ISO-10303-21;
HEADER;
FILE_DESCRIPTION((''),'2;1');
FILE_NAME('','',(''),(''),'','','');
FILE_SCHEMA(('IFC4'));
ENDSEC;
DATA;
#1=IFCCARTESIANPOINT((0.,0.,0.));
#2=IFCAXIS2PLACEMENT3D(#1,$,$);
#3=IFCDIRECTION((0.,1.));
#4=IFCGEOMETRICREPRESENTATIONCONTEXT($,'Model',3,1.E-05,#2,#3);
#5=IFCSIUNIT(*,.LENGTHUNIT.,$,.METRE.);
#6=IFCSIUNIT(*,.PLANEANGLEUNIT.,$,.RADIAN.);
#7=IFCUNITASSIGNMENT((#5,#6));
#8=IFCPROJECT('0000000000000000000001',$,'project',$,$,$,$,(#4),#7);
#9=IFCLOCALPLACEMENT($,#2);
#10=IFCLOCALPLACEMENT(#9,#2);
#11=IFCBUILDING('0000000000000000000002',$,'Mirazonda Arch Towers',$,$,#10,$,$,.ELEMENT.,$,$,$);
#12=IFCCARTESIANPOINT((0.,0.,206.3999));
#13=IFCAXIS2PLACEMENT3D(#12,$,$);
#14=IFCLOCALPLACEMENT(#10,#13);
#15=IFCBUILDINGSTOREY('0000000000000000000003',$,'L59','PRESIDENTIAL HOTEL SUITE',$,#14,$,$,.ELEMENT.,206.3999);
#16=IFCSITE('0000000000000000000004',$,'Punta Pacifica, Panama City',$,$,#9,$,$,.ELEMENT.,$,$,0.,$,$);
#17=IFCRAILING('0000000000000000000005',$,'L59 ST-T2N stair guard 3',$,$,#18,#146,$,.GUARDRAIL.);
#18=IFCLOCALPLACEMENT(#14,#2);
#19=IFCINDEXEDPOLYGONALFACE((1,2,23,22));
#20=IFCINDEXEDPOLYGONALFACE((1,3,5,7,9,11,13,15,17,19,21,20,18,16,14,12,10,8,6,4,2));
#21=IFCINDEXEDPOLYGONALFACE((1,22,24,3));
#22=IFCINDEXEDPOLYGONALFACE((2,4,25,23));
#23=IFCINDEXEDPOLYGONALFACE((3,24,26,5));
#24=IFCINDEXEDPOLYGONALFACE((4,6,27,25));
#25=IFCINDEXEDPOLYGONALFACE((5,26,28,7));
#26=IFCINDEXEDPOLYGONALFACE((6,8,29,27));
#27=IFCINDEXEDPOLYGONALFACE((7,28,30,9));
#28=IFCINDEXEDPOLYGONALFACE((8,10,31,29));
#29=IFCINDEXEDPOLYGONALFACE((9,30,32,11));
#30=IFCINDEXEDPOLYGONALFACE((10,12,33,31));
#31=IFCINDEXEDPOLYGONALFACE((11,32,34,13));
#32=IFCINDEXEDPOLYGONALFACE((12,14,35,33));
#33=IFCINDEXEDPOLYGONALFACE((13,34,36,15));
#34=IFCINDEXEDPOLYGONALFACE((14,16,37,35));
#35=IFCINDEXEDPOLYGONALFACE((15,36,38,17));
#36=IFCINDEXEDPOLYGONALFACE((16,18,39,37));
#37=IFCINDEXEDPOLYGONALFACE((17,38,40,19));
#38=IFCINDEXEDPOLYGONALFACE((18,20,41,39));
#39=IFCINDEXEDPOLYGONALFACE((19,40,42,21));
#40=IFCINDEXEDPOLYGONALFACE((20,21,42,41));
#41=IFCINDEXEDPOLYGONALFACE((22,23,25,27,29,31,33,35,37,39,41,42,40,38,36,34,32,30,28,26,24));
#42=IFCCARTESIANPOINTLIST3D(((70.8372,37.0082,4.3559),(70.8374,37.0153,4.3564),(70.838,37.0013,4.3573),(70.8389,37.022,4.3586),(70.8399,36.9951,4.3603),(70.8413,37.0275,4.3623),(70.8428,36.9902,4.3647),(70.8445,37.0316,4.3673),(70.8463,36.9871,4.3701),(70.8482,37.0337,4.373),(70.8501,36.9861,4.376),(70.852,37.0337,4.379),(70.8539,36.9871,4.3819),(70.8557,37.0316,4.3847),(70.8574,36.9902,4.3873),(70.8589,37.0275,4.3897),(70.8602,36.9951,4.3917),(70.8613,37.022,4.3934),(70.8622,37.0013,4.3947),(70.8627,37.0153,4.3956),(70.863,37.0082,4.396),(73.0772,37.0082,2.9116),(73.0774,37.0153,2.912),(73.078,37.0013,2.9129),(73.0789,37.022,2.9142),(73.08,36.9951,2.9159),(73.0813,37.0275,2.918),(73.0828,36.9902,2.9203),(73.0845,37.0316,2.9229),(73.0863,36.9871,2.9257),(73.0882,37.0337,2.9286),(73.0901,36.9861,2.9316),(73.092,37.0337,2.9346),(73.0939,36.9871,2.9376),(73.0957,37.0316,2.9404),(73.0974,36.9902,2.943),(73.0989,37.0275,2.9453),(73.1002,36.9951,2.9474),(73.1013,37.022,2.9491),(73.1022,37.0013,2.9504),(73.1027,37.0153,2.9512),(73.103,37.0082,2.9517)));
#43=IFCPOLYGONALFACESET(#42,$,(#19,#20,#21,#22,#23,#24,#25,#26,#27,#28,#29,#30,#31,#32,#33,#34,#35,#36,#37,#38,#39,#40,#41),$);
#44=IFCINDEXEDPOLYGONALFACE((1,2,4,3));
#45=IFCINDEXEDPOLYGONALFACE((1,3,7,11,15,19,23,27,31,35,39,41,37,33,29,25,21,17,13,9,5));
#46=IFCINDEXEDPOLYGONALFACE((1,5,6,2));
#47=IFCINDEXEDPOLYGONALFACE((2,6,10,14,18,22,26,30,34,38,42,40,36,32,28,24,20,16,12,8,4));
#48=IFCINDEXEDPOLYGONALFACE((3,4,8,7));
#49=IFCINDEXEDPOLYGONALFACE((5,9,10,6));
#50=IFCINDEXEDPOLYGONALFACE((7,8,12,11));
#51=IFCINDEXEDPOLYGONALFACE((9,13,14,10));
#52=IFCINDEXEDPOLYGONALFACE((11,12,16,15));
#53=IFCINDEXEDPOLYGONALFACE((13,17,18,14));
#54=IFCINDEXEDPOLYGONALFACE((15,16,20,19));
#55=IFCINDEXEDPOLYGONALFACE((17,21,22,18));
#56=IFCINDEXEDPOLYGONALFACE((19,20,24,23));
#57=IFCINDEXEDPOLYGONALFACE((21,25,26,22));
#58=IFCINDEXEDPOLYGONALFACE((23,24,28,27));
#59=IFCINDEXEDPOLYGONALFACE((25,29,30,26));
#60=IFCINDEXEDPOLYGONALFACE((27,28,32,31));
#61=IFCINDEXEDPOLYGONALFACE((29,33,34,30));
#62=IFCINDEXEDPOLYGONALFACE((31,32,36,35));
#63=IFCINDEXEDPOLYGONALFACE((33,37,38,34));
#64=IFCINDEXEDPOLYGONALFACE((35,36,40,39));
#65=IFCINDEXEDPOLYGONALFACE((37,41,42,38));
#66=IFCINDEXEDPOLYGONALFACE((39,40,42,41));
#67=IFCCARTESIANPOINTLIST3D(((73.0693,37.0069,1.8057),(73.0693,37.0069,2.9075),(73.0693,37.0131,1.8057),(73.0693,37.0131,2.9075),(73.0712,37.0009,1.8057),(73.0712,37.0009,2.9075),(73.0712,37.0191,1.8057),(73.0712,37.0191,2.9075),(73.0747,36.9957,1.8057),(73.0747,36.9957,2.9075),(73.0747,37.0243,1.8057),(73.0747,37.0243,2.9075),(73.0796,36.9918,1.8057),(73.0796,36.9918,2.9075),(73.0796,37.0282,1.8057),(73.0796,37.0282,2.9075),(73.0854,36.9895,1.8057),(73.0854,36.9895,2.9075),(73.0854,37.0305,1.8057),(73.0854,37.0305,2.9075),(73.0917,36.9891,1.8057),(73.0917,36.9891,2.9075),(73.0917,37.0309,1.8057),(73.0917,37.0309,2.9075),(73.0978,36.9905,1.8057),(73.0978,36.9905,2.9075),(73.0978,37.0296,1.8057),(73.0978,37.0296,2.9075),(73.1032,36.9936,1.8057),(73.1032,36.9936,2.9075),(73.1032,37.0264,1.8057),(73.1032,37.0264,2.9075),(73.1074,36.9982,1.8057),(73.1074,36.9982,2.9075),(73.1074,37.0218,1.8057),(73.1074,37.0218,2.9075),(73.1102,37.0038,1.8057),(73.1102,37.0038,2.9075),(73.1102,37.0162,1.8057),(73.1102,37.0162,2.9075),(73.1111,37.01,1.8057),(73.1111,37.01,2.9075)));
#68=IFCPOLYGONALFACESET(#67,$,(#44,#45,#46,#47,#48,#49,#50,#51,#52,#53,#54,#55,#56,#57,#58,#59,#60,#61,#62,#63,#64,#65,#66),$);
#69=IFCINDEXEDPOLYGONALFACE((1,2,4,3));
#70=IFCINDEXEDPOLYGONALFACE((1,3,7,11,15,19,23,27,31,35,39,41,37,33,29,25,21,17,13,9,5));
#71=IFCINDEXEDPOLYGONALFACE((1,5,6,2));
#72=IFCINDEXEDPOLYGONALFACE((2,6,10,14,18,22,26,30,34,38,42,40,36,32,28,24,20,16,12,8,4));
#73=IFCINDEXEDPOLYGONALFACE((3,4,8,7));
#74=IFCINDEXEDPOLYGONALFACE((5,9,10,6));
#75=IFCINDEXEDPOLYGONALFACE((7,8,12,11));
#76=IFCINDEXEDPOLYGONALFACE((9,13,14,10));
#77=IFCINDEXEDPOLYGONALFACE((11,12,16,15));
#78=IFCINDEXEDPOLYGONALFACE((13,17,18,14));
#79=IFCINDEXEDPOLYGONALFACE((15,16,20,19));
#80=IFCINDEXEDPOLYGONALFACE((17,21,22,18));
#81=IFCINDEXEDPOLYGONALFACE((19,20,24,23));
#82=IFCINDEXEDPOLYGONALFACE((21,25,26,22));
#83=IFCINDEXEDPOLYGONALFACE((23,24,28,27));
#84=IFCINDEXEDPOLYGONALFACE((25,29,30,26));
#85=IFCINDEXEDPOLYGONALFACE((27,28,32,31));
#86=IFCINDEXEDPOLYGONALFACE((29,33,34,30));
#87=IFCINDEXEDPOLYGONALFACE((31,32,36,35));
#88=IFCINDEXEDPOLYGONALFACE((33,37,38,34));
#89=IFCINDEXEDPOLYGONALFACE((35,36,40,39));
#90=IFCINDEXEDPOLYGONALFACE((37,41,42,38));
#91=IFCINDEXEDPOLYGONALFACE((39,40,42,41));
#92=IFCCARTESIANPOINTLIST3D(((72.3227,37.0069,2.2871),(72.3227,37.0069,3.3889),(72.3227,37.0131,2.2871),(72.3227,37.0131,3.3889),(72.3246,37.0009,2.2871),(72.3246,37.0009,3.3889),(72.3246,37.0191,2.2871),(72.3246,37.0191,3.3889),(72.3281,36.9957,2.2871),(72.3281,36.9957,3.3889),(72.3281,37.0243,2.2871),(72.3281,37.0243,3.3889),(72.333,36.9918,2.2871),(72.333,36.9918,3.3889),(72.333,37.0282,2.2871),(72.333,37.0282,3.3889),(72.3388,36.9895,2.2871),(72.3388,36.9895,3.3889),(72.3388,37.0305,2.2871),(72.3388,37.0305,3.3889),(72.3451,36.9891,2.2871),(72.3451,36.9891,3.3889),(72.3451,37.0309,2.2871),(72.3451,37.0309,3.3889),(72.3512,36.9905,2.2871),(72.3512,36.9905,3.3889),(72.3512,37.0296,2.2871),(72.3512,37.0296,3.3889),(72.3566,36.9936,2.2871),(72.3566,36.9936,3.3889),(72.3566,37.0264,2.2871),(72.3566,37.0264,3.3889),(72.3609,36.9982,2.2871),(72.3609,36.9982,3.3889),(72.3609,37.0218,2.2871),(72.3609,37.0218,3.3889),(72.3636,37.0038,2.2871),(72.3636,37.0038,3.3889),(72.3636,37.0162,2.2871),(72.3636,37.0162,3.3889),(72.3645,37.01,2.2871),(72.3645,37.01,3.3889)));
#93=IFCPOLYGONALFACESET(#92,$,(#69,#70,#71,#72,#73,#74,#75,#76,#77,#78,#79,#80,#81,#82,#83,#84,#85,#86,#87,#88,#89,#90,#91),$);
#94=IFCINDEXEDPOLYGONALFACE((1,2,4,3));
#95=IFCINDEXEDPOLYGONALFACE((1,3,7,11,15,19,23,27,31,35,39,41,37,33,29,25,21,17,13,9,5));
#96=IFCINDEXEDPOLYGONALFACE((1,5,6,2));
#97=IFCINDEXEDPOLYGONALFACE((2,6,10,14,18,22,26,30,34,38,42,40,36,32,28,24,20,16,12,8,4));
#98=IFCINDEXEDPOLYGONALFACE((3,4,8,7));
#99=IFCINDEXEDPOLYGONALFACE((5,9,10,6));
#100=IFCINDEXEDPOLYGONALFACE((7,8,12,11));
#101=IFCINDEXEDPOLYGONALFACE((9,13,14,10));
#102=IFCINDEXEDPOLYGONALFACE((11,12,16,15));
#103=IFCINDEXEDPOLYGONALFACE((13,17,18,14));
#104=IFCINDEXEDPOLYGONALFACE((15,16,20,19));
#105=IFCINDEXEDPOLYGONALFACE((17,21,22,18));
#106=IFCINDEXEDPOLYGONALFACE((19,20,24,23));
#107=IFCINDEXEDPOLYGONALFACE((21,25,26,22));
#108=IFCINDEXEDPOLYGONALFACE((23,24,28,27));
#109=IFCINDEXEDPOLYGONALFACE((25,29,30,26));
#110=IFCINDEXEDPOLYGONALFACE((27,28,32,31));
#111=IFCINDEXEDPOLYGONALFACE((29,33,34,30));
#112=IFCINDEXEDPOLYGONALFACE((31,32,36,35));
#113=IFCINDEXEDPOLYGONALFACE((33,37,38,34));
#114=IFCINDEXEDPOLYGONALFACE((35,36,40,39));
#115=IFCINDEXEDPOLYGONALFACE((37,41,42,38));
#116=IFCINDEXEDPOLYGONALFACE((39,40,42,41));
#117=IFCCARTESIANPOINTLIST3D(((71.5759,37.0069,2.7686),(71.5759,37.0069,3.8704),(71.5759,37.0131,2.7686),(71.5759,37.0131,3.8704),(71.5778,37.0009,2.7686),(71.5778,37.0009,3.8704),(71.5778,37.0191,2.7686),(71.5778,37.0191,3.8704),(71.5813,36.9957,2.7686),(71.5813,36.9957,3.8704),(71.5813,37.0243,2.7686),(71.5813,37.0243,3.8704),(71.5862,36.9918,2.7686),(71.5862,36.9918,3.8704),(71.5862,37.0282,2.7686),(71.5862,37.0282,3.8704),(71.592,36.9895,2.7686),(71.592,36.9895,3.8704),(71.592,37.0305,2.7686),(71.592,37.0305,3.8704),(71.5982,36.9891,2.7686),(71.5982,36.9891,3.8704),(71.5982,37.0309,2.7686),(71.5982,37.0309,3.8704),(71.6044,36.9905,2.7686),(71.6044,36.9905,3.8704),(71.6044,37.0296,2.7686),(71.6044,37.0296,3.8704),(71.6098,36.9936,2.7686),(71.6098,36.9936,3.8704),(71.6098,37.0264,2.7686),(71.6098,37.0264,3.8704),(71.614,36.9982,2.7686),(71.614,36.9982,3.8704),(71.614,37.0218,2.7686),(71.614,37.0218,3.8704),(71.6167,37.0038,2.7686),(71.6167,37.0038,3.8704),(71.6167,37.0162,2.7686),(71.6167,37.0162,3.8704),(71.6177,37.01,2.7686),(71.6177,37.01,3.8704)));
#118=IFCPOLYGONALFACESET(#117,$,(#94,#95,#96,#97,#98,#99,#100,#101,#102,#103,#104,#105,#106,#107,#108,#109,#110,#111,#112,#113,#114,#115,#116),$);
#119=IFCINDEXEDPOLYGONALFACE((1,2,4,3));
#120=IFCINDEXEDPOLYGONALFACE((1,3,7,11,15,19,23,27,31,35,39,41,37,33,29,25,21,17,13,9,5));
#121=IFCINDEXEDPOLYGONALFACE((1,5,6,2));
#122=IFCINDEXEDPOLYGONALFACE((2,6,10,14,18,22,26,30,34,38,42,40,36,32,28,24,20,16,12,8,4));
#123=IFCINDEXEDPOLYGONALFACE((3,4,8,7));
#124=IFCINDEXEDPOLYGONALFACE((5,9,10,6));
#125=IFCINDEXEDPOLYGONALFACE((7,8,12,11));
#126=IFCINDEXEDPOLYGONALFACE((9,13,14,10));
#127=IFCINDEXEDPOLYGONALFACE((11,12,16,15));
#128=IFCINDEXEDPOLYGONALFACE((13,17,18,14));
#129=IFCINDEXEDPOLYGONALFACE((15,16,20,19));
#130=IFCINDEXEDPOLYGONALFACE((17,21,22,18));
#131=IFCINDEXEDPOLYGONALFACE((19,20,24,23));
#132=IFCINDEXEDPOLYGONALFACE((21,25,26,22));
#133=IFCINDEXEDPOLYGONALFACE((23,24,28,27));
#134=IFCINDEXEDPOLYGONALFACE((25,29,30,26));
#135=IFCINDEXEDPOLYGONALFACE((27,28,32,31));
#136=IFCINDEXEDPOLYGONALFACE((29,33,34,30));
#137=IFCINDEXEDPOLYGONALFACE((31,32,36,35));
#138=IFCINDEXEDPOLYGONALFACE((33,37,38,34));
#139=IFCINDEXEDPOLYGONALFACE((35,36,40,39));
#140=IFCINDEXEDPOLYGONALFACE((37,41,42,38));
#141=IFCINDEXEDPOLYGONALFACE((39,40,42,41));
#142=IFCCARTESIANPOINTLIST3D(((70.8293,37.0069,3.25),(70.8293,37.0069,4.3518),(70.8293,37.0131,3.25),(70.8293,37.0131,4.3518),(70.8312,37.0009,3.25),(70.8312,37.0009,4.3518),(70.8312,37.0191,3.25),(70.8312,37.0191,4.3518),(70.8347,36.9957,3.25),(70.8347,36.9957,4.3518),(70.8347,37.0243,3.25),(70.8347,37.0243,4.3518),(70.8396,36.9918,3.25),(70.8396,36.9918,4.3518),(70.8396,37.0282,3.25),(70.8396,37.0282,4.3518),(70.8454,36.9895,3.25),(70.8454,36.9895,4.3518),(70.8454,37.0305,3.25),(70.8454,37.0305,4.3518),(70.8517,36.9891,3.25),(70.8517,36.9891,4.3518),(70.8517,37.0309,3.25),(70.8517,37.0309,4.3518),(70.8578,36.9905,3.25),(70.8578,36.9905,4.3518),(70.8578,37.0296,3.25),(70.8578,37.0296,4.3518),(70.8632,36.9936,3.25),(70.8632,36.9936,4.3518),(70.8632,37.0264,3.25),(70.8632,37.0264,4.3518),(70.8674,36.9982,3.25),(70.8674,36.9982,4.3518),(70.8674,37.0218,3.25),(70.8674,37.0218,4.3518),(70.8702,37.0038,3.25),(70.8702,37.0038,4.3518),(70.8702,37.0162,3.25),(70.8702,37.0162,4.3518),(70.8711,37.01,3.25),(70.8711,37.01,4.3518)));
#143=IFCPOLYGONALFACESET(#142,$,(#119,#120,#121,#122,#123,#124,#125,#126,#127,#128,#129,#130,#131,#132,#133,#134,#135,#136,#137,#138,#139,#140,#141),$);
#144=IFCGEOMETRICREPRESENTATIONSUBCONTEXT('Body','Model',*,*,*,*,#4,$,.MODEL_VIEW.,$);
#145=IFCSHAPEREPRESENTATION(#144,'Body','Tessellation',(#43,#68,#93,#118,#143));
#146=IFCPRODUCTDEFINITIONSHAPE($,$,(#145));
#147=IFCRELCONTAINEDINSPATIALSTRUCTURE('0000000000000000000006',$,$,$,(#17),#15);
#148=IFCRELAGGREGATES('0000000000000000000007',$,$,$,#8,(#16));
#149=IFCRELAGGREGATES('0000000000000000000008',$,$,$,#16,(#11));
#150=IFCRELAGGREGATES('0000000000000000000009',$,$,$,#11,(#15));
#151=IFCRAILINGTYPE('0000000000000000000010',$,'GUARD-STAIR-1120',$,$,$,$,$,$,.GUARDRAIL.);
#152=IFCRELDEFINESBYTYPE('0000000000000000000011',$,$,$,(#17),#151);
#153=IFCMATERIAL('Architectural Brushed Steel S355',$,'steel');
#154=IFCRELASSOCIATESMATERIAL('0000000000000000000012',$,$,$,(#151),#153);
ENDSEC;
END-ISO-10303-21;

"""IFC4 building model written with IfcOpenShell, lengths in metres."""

from ifc_helpers import new_model, si_unit, direction, frame, origin, origin_2d, place, context, subcontext, project, spatial, circle, extrude, material, type_object, element, save


model = new_model("IFC4")

# Units and contexts
model_context = context("Model", 3, precision=1e-05, world=origin(), true_north=direction((0.0, 1.0)))
body_context = subcontext(model_context, "Body", "Model", "MODEL_VIEW")
ifc_project = project(units=[si_unit("LENGTHUNIT", "METRE"), si_unit("PLANEANGLEUNIT", "RADIAN")], contexts=[model_context])

# Site, building, storey
site_placement = place(None, origin())
site = spatial("IfcSite", under=ifc_project, at=site_placement, Name="Punta Pacifica, Panama City", CompositionType="ELEMENT", RefElevation=0.0)
building_placement = place(site_placement, origin())
building = spatial("IfcBuilding", under=site, at=building_placement, Name="Mirazonda Arch Towers", CompositionType="ELEMENT")
storey_placement = place(building_placement, frame((0.0, 0.0, 206.3999)))
storey = spatial("IfcBuildingStorey", under=building, at=storey_placement, Name="L59", Description="PRESIDENTIAL HOTEL SUITE", CompositionType="ELEMENT", Elevation=206.3999)

# Railing
ifc_material_1 = material(Name="Architectural Brushed Steel S355", Category="steel")
railing_type_1 = type_object("IfcRailingType", Name="GUARD-STAIR-1120", PredefinedType="GUARDRAIL", material=ifc_material_1)
railing_1_placement = place(storey_placement, frame((73.0901, 37.01, 1.8057)))
element("IfcRailing", 1, at=railing_1_placement, inside=storey, type_object=railing_type_1, Name="L59 ST-T2N stair guard 3", PredefinedType="GUARDRAIL", context=body_context, shape_type="SweptSolid", body=[
    extrude(circle(Radius=0.0239, at=origin_2d()), frame((0.0, 0.0, 1.126), z_axis=(-0.840437, 0.0, 0.54191), x_axis=(0.0, -1.0, 0.0)), (0.0, 0.0, 1.0), 2.6653),
    extrude(circle(Radius=0.021, at=origin_2d()), origin(), (0.0, 0.0, 1.0), 1.1018),
    extrude(circle(Radius=0.021, at=origin_2d()), frame((-0.7466, 0.0, 0.4814)), (0.0, 0.0, 1.0), 1.1018),
    extrude(circle(Radius=0.021, at=origin_2d()), frame((-1.4934, 0.0, 0.9629)), (0.0, 0.0, 1.0), 1.1018),
    extrude(circle(Radius=0.021, at=origin_2d()), frame((-2.24, 0.0, 1.4443)), (0.0, 0.0, 1.0), 1.1018),
])

save(model, "model.ifc")
